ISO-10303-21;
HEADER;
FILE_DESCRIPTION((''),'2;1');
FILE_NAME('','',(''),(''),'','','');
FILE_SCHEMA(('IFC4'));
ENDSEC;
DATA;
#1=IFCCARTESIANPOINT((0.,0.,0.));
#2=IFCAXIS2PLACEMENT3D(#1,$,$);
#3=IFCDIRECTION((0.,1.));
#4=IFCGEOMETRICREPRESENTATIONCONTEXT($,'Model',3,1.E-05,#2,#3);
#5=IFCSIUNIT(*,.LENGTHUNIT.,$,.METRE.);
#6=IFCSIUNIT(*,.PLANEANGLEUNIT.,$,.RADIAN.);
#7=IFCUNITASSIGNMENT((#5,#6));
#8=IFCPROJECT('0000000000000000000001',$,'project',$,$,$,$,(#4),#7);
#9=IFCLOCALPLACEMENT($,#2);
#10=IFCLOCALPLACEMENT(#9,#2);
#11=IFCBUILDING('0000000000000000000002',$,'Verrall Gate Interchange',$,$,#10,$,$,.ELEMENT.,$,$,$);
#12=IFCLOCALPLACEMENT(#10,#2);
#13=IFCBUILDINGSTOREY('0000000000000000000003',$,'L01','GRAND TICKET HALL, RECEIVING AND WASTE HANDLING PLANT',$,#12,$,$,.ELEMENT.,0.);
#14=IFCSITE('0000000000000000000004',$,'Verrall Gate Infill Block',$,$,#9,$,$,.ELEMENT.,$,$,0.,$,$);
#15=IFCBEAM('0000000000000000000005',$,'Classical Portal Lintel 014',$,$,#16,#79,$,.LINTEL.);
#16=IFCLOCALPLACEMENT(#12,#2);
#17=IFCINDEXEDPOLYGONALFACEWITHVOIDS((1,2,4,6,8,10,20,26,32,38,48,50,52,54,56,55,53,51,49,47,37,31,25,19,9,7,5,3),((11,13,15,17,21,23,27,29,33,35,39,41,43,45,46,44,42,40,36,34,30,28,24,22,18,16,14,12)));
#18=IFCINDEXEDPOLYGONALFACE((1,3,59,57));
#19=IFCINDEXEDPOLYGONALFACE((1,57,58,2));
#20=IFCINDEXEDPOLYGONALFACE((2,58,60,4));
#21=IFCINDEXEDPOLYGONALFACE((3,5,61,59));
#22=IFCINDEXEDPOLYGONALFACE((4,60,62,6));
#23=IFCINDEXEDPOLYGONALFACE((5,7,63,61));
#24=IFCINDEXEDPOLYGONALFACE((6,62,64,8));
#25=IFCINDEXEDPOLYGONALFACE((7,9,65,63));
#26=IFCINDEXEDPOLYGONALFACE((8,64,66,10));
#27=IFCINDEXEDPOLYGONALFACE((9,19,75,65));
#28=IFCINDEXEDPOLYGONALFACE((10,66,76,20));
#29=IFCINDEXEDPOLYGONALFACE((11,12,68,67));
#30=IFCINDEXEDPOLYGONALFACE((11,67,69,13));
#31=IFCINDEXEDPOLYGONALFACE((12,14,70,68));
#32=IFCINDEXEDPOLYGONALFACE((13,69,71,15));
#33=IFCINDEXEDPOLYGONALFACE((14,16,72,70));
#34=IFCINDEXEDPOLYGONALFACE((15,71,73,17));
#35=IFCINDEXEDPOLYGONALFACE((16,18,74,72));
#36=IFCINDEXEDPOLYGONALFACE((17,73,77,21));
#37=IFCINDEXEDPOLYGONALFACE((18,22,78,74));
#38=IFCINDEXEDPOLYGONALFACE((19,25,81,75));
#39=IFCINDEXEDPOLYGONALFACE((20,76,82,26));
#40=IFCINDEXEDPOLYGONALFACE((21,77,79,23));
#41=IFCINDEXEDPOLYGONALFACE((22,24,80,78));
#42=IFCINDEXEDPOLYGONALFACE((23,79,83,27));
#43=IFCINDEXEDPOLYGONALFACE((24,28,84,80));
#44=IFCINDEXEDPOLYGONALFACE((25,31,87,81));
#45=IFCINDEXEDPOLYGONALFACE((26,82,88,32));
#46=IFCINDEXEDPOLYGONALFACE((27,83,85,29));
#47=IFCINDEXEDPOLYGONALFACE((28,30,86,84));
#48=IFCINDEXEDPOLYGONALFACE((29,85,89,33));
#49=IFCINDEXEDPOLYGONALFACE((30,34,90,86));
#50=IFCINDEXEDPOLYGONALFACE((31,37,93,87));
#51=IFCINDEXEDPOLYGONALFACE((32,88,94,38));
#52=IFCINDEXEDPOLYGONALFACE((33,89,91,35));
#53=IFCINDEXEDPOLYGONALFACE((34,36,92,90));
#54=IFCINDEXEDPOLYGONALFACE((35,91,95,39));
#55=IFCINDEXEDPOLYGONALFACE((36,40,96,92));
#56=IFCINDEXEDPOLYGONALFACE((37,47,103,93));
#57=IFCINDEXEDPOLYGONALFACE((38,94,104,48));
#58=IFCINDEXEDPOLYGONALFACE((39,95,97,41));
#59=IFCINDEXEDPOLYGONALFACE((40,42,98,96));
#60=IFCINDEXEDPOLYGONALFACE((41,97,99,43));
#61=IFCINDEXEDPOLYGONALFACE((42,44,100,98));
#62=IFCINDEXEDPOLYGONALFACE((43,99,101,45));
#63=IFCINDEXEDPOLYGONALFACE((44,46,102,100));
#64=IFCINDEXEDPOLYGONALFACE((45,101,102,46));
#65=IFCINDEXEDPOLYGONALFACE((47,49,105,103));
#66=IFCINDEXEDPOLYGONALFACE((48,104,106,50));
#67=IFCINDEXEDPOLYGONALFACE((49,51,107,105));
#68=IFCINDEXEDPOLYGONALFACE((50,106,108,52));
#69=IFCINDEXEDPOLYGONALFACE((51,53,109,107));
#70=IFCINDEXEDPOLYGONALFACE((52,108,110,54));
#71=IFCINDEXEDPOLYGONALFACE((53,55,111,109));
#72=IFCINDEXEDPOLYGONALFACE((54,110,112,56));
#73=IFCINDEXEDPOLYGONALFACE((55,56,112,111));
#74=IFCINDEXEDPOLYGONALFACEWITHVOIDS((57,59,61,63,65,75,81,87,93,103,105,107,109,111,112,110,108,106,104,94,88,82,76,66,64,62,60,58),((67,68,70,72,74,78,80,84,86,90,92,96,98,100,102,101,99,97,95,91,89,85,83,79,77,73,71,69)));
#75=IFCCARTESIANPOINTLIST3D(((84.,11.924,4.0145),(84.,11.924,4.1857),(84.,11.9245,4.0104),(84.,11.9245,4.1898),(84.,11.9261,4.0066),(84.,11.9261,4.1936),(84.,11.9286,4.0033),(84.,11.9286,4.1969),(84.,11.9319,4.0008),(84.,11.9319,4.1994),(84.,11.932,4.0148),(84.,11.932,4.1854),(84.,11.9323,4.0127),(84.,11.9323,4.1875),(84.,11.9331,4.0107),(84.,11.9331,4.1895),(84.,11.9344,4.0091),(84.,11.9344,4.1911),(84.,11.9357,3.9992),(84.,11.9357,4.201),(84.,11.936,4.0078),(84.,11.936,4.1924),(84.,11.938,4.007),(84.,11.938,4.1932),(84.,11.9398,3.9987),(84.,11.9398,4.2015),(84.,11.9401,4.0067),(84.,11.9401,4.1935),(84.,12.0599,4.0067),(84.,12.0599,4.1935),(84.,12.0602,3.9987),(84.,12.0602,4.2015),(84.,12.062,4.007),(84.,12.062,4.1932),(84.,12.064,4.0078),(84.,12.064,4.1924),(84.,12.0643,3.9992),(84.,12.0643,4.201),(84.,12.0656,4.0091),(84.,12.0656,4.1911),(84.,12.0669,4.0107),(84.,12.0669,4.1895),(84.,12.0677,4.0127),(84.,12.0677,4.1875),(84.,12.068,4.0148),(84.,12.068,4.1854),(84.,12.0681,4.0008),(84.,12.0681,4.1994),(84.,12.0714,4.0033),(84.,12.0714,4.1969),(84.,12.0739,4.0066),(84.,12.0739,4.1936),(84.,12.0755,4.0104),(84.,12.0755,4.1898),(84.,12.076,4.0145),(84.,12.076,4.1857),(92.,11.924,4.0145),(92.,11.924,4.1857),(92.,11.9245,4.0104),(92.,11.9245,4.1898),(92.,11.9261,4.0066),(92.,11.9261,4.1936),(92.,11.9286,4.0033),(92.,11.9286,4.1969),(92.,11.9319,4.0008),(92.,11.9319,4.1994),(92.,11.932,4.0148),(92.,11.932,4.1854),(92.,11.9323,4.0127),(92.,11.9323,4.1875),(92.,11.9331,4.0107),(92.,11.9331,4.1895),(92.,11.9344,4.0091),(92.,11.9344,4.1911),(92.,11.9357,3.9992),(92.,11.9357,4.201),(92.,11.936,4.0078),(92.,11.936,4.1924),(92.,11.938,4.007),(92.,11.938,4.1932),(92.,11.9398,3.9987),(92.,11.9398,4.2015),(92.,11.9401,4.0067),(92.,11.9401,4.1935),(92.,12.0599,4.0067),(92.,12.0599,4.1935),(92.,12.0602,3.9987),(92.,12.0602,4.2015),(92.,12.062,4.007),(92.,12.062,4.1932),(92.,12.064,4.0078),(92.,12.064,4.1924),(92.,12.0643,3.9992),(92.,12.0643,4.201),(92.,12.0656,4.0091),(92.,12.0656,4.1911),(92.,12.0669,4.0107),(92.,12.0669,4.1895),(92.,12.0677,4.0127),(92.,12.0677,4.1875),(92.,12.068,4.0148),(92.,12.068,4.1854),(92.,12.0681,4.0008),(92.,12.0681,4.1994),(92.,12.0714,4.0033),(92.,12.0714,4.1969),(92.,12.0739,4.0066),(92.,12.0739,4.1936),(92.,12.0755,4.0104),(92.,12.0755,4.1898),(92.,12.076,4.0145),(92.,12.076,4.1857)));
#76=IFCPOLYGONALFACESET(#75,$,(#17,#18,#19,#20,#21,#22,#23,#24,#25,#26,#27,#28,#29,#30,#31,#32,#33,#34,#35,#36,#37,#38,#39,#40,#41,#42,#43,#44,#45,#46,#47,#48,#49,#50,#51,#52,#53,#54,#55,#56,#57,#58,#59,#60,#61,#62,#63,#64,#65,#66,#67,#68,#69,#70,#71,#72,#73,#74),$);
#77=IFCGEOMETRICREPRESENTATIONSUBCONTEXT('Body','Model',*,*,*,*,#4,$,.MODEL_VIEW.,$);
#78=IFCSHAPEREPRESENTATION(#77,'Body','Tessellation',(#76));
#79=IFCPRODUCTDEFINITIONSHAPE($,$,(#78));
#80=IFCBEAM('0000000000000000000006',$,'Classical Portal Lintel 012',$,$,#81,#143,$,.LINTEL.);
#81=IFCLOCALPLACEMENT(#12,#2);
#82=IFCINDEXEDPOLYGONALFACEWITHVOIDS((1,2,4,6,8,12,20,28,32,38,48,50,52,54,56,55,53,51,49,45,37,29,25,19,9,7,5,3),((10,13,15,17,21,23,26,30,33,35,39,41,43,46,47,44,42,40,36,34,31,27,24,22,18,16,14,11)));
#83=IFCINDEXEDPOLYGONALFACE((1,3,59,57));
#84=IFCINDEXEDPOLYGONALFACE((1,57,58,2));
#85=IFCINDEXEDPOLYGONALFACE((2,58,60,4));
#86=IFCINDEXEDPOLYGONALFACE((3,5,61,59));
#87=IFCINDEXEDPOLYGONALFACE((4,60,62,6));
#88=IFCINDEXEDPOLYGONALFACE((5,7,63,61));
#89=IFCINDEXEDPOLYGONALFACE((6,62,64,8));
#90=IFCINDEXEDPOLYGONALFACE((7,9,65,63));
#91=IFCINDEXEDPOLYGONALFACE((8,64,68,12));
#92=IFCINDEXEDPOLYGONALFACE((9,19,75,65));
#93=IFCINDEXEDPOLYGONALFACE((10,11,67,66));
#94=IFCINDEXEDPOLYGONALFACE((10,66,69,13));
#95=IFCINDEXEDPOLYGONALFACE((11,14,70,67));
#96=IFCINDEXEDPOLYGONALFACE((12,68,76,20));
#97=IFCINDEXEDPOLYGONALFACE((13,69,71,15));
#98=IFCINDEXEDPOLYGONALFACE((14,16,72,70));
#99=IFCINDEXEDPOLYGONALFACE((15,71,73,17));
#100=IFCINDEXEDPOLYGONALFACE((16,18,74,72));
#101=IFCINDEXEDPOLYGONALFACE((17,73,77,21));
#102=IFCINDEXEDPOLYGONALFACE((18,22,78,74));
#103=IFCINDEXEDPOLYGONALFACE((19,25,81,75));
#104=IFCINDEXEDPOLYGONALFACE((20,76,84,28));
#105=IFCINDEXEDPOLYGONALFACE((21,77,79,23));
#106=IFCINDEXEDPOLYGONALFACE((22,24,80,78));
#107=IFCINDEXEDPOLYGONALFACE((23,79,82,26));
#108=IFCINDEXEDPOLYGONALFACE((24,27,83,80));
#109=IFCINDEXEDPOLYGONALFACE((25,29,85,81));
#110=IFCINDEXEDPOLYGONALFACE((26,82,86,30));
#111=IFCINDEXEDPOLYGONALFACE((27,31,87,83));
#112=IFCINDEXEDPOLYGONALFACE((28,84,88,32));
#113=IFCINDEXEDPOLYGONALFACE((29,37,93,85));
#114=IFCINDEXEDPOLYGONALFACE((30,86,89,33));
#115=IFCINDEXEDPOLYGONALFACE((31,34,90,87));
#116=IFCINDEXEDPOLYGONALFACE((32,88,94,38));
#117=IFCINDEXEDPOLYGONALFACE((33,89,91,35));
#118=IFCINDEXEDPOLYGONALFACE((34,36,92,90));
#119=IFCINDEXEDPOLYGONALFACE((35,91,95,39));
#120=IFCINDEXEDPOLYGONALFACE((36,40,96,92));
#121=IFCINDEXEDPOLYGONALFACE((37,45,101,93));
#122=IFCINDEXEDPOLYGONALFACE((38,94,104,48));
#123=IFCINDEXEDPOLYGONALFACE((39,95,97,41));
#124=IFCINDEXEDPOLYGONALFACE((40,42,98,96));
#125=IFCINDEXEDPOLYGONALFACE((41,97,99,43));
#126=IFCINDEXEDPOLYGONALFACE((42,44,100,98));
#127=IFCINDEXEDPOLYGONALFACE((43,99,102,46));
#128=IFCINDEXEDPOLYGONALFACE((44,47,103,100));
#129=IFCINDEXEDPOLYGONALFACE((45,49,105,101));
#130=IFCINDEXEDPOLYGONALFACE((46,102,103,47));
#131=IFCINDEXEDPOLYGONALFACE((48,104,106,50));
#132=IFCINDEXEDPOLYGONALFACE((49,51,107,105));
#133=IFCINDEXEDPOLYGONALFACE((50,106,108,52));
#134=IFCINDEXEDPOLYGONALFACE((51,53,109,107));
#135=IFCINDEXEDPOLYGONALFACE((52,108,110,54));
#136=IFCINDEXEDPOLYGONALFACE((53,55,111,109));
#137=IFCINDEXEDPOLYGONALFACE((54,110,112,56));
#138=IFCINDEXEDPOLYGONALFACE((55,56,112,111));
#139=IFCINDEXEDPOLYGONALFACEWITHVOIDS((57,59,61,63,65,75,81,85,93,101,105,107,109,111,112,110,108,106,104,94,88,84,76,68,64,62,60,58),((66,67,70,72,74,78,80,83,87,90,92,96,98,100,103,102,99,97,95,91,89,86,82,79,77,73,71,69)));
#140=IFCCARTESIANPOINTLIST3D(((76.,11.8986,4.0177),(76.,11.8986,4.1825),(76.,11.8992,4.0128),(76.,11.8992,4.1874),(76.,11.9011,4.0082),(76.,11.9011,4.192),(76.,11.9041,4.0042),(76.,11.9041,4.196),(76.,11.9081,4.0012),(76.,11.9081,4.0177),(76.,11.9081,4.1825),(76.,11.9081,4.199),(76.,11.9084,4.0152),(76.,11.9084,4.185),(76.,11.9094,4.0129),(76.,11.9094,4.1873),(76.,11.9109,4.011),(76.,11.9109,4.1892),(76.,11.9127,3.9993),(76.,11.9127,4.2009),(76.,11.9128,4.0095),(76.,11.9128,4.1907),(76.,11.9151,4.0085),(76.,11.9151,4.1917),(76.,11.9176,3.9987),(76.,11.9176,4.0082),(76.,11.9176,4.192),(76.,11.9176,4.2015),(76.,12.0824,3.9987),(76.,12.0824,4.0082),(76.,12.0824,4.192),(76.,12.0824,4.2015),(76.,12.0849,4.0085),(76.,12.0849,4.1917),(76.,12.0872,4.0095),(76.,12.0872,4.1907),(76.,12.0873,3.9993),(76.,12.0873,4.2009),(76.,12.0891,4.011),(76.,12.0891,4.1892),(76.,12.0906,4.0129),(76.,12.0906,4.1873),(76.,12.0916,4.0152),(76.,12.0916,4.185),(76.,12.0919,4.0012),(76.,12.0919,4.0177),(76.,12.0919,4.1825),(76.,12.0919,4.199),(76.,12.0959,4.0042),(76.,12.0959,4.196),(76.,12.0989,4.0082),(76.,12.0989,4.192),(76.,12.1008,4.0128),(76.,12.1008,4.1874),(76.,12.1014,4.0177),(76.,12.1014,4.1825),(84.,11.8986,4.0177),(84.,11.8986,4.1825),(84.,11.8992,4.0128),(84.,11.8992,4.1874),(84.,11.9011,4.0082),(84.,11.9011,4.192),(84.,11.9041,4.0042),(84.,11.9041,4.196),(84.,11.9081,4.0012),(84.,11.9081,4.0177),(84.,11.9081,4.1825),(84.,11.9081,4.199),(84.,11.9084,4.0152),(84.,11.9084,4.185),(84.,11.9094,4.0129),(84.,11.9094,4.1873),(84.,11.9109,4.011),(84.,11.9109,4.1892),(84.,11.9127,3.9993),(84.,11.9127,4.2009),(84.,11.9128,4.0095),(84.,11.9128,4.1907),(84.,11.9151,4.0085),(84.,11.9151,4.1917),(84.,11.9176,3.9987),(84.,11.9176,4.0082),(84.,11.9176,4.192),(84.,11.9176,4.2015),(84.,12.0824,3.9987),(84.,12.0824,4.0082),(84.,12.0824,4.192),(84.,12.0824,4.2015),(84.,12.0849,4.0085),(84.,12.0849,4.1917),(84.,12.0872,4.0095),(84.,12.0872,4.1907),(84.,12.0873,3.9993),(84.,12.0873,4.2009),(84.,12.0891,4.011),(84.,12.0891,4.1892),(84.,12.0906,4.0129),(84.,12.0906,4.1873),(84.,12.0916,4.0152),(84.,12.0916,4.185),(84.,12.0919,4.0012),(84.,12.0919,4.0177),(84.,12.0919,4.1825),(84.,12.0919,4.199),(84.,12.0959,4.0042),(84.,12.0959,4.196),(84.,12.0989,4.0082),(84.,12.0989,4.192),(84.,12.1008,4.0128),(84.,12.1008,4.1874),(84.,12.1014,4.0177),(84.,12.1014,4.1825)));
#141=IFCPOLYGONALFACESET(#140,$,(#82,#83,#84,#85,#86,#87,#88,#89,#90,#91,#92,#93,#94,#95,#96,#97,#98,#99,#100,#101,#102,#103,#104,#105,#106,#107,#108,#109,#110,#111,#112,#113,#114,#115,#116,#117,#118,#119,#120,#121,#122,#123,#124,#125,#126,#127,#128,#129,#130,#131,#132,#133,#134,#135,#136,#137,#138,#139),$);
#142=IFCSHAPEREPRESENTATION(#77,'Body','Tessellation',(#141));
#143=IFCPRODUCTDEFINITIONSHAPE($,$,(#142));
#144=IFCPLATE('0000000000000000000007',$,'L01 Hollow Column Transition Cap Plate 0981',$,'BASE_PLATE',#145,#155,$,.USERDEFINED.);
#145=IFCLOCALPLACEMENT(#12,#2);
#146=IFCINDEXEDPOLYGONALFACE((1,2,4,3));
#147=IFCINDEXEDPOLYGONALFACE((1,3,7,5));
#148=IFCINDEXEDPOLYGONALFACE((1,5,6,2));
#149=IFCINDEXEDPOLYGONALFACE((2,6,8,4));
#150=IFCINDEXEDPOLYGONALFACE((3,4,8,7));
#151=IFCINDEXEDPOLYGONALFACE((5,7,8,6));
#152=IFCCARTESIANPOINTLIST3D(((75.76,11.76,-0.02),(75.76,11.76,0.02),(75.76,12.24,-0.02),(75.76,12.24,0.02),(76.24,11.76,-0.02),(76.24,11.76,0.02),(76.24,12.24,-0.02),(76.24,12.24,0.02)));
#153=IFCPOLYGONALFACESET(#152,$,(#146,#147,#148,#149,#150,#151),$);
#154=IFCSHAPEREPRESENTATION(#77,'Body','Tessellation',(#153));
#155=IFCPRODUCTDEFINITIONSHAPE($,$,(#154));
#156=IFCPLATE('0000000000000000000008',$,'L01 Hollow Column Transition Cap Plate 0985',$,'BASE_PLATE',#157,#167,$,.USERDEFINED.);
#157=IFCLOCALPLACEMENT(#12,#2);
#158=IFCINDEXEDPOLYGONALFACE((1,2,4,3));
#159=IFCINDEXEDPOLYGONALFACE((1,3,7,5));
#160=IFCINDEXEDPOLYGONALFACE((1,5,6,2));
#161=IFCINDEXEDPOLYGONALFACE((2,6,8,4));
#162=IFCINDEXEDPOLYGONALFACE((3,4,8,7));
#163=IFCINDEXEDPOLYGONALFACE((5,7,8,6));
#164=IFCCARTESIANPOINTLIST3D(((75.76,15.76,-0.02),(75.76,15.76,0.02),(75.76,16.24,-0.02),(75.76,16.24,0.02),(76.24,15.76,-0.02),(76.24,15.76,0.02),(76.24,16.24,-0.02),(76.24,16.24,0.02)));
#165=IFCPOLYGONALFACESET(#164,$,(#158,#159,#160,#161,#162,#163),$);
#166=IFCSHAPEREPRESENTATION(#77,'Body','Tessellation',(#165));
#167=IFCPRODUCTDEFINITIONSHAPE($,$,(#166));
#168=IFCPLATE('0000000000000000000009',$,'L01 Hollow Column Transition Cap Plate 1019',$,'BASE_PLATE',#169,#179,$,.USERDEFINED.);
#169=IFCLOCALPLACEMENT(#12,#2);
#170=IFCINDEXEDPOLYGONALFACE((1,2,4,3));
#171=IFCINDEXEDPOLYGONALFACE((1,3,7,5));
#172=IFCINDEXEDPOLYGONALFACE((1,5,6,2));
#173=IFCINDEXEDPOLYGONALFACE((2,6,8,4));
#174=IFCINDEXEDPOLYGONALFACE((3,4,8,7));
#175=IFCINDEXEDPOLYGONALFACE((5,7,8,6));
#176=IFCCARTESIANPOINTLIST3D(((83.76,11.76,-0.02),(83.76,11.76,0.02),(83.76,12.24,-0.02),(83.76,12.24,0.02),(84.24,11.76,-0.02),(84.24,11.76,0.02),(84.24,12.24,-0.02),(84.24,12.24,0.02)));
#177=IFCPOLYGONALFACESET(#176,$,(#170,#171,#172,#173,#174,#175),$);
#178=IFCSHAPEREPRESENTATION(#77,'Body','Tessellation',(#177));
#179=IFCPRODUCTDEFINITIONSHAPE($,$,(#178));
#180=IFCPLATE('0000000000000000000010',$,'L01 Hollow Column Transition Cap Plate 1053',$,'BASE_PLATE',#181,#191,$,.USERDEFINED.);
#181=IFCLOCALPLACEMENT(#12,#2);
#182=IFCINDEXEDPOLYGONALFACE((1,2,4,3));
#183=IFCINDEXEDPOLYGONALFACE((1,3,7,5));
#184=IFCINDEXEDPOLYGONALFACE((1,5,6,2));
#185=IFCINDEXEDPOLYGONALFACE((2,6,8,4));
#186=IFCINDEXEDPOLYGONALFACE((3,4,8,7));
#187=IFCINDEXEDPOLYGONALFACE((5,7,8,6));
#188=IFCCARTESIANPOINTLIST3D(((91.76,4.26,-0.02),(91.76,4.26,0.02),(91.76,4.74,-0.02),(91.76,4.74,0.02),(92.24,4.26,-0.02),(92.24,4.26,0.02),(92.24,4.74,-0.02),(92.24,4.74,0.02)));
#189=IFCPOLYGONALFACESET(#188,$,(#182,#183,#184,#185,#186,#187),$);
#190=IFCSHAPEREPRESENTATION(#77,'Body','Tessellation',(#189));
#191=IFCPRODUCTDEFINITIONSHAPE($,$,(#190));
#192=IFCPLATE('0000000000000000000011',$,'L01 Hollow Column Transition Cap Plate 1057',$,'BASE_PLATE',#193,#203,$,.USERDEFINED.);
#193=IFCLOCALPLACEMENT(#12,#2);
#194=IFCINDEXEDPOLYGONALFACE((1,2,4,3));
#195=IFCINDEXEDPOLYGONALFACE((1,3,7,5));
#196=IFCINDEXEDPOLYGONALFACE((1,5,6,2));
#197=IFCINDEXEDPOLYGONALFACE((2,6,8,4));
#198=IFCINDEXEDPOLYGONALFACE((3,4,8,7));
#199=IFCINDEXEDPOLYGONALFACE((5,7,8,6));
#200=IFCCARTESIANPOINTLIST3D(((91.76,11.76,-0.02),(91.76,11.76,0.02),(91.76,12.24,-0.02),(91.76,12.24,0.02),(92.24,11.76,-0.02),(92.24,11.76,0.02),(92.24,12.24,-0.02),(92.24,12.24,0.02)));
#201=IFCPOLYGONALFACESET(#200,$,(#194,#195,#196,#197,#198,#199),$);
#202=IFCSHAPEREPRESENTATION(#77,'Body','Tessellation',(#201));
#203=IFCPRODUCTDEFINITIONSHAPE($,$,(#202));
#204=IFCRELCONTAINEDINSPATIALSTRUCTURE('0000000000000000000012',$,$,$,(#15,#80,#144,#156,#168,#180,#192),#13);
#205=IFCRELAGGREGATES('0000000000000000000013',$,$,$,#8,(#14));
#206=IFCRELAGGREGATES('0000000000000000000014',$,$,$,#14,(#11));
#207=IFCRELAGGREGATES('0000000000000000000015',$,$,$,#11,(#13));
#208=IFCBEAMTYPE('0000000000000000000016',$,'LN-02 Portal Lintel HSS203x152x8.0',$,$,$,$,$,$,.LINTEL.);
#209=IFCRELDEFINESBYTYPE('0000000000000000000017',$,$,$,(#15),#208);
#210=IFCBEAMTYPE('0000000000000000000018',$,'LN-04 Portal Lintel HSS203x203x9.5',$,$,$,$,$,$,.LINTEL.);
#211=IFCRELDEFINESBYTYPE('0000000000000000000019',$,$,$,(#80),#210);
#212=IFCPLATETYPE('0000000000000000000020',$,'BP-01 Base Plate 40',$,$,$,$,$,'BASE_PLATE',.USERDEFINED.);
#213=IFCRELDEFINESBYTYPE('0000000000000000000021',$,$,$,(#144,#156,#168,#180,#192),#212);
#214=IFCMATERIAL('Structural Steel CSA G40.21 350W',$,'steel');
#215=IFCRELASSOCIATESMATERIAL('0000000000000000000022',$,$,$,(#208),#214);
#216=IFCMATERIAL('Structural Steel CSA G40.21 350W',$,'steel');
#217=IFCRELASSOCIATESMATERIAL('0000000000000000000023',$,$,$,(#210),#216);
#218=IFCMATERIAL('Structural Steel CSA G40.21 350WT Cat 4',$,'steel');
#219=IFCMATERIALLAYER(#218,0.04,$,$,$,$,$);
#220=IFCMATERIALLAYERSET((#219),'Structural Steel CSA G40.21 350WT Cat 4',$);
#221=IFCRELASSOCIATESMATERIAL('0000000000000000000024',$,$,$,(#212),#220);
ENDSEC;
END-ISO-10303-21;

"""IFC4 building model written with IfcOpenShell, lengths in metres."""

from ifc_helpers import new_model, si_unit, direction, frame, origin, origin_2d, place, context, subcontext, project, spatial, rectangle, hollow_rectangle, extrude, material, layer, layer_set, material_profile, profile_set, type_object, element, save


model = new_model("IFC4")

# Units and contexts
model_context = context("Model", 3, precision=1e-05, world=origin(), true_north=direction((0.0, 1.0)))
body_context = subcontext(model_context, "Body", "Model", "MODEL_VIEW")
ifc_project = project(units=[si_unit("LENGTHUNIT", "METRE"), si_unit("PLANEANGLEUNIT", "RADIAN")], contexts=[model_context])

# Site, building, storey
site_placement = place(None, origin())
site = spatial("IfcSite", under=ifc_project, at=site_placement, Name="Verrall Gate Infill Block", CompositionType="ELEMENT", RefElevation=0.0)
building_placement = place(site_placement, origin())
building = spatial("IfcBuilding", under=site, at=building_placement, Name="Verrall Gate Interchange", CompositionType="ELEMENT")
storey_placement = place(building_placement, origin())
storey = spatial("IfcBuildingStorey", under=building, at=storey_placement, Name="L01", Description="GRAND TICKET HALL, RECEIVING AND WASTE HANDLING PLANT", CompositionType="ELEMENT", Elevation=0.0)

# Beams
ifc_material_1 = material(Name="Structural Steel CSA G40.21 350W", Category="steel")
ifc_material_profile_1 = material_profile(ifc_material_1, hollow_rectangle(XDim=0.1521, YDim=0.2029, WallThickness=0.0081, InnerFilletRadius=0.0081, OuterFilletRadius=0.0159, at=origin_2d()), Name="HSS203x152x8.0")
ifc_profile_set_1 = profile_set([ifc_material_profile_1], Name="Structural Steel CSA G40.21 350W")
beam_type_1 = type_object("IfcBeamType", Name="LN-02 Portal Lintel HSS203x152x8.0", PredefinedType="LINTEL", material=ifc_profile_set_1)
beam_1_placement = place(storey_placement, frame((84.0, 12.0, 4.1001), z_axis=(1.0, 0.0, 0.0), x_axis=(0.0, 1.0, 0.0)))
element("IfcBeam", 1, at=beam_1_placement, inside=storey, type_object=beam_type_1, Name="Classical Portal Lintel 014", PredefinedType="LINTEL", context=body_context, shape_type="SweptSolid", body=[
    extrude(hollow_rectangle(XDim=0.1521, YDim=0.2029, WallThickness=0.0081, InnerFilletRadius=0.0081, OuterFilletRadius=0.0159, at=origin_2d()), origin(), (0.0, 0.0, 1.0), 8.0),
])
ifc_material_2 = material(Name="Structural Steel CSA G40.21 350W", Category="steel")
ifc_material_profile_2 = material_profile(ifc_material_2, hollow_rectangle(XDim=0.2029, YDim=0.2029, WallThickness=0.0095, InnerFilletRadius=0.0095, OuterFilletRadius=0.019, at=origin_2d()), Name="HSS203x203x9.5")
ifc_profile_set_2 = profile_set([ifc_material_profile_2], Name="Structural Steel CSA G40.21 350W")
beam_type_2 = type_object("IfcBeamType", Name="LN-04 Portal Lintel HSS203x203x9.5", PredefinedType="LINTEL", material=ifc_profile_set_2)
beam_2_placement = place(storey_placement, frame((76.0, 12.0, 4.1001), z_axis=(1.0, 0.0, 0.0), x_axis=(0.0, 1.0, 0.0)))
element("IfcBeam", 2, at=beam_2_placement, inside=storey, type_object=beam_type_2, Name="Classical Portal Lintel 012", PredefinedType="LINTEL", context=body_context, shape_type="SweptSolid", body=[
    extrude(hollow_rectangle(XDim=0.2029, YDim=0.2029, WallThickness=0.0095, InnerFilletRadius=0.0095, OuterFilletRadius=0.019, at=origin_2d()), origin(), (0.0, 0.0, 1.0), 8.0),
])

# Plates
ifc_material_3 = material(Name="Structural Steel CSA G40.21 350WT Cat 4", Category="steel")
ifc_layer = layer(ifc_material_3, 0.04)
ifc_layer_set = layer_set([ifc_layer], Name="Structural Steel CSA G40.21 350WT Cat 4")
plate_type = type_object("IfcPlateType", Name="BP-01 Base Plate 40", ElementType="BASE_PLATE", PredefinedType="USERDEFINED", material=ifc_layer_set)
for number, where, z_axis, x_axis, name in (
    (3, (76.0, 12.0, -0.02), (0.0, 0.0, 1.0), (1.0, 0.0, 0.0), "L01 Hollow Column Transition Cap Plate 0981"),
    (4, (76.0, 16.0, -0.02), (0.0, 0.0, 1.0), (1.0, 0.0, 0.0), "L01 Hollow Column Transition Cap Plate 0985"),
    (5, (84.0, 12.0, -0.02), (0.0, 0.0, 1.0), (1.0, 0.0, 0.0), "L01 Hollow Column Transition Cap Plate 1019"),
    (6, (92.0, 4.5, -0.02), (0.0, 0.0, 1.0), (1.0, 0.0, 0.0), "L01 Hollow Column Transition Cap Plate 1053"),
    (7, (92.0, 12.0, -0.02), (0.0, 0.0, 1.0), (1.0, 0.0, 0.0), "L01 Hollow Column Transition Cap Plate 1057"),
):
    element("IfcPlate", number, at=place(storey_placement, frame(where, z_axis=z_axis, x_axis=x_axis)), inside=storey, type_object=plate_type, Name=name, ObjectType="BASE_PLATE", PredefinedType="USERDEFINED", context=body_context, shape_type="SweptSolid", body=[
        extrude(rectangle(XDim=0.48, YDim=0.48, at=origin_2d()), origin(), (0.0, 0.0, 1.0), 0.04),
    ])

save(model, "model.ifc")
